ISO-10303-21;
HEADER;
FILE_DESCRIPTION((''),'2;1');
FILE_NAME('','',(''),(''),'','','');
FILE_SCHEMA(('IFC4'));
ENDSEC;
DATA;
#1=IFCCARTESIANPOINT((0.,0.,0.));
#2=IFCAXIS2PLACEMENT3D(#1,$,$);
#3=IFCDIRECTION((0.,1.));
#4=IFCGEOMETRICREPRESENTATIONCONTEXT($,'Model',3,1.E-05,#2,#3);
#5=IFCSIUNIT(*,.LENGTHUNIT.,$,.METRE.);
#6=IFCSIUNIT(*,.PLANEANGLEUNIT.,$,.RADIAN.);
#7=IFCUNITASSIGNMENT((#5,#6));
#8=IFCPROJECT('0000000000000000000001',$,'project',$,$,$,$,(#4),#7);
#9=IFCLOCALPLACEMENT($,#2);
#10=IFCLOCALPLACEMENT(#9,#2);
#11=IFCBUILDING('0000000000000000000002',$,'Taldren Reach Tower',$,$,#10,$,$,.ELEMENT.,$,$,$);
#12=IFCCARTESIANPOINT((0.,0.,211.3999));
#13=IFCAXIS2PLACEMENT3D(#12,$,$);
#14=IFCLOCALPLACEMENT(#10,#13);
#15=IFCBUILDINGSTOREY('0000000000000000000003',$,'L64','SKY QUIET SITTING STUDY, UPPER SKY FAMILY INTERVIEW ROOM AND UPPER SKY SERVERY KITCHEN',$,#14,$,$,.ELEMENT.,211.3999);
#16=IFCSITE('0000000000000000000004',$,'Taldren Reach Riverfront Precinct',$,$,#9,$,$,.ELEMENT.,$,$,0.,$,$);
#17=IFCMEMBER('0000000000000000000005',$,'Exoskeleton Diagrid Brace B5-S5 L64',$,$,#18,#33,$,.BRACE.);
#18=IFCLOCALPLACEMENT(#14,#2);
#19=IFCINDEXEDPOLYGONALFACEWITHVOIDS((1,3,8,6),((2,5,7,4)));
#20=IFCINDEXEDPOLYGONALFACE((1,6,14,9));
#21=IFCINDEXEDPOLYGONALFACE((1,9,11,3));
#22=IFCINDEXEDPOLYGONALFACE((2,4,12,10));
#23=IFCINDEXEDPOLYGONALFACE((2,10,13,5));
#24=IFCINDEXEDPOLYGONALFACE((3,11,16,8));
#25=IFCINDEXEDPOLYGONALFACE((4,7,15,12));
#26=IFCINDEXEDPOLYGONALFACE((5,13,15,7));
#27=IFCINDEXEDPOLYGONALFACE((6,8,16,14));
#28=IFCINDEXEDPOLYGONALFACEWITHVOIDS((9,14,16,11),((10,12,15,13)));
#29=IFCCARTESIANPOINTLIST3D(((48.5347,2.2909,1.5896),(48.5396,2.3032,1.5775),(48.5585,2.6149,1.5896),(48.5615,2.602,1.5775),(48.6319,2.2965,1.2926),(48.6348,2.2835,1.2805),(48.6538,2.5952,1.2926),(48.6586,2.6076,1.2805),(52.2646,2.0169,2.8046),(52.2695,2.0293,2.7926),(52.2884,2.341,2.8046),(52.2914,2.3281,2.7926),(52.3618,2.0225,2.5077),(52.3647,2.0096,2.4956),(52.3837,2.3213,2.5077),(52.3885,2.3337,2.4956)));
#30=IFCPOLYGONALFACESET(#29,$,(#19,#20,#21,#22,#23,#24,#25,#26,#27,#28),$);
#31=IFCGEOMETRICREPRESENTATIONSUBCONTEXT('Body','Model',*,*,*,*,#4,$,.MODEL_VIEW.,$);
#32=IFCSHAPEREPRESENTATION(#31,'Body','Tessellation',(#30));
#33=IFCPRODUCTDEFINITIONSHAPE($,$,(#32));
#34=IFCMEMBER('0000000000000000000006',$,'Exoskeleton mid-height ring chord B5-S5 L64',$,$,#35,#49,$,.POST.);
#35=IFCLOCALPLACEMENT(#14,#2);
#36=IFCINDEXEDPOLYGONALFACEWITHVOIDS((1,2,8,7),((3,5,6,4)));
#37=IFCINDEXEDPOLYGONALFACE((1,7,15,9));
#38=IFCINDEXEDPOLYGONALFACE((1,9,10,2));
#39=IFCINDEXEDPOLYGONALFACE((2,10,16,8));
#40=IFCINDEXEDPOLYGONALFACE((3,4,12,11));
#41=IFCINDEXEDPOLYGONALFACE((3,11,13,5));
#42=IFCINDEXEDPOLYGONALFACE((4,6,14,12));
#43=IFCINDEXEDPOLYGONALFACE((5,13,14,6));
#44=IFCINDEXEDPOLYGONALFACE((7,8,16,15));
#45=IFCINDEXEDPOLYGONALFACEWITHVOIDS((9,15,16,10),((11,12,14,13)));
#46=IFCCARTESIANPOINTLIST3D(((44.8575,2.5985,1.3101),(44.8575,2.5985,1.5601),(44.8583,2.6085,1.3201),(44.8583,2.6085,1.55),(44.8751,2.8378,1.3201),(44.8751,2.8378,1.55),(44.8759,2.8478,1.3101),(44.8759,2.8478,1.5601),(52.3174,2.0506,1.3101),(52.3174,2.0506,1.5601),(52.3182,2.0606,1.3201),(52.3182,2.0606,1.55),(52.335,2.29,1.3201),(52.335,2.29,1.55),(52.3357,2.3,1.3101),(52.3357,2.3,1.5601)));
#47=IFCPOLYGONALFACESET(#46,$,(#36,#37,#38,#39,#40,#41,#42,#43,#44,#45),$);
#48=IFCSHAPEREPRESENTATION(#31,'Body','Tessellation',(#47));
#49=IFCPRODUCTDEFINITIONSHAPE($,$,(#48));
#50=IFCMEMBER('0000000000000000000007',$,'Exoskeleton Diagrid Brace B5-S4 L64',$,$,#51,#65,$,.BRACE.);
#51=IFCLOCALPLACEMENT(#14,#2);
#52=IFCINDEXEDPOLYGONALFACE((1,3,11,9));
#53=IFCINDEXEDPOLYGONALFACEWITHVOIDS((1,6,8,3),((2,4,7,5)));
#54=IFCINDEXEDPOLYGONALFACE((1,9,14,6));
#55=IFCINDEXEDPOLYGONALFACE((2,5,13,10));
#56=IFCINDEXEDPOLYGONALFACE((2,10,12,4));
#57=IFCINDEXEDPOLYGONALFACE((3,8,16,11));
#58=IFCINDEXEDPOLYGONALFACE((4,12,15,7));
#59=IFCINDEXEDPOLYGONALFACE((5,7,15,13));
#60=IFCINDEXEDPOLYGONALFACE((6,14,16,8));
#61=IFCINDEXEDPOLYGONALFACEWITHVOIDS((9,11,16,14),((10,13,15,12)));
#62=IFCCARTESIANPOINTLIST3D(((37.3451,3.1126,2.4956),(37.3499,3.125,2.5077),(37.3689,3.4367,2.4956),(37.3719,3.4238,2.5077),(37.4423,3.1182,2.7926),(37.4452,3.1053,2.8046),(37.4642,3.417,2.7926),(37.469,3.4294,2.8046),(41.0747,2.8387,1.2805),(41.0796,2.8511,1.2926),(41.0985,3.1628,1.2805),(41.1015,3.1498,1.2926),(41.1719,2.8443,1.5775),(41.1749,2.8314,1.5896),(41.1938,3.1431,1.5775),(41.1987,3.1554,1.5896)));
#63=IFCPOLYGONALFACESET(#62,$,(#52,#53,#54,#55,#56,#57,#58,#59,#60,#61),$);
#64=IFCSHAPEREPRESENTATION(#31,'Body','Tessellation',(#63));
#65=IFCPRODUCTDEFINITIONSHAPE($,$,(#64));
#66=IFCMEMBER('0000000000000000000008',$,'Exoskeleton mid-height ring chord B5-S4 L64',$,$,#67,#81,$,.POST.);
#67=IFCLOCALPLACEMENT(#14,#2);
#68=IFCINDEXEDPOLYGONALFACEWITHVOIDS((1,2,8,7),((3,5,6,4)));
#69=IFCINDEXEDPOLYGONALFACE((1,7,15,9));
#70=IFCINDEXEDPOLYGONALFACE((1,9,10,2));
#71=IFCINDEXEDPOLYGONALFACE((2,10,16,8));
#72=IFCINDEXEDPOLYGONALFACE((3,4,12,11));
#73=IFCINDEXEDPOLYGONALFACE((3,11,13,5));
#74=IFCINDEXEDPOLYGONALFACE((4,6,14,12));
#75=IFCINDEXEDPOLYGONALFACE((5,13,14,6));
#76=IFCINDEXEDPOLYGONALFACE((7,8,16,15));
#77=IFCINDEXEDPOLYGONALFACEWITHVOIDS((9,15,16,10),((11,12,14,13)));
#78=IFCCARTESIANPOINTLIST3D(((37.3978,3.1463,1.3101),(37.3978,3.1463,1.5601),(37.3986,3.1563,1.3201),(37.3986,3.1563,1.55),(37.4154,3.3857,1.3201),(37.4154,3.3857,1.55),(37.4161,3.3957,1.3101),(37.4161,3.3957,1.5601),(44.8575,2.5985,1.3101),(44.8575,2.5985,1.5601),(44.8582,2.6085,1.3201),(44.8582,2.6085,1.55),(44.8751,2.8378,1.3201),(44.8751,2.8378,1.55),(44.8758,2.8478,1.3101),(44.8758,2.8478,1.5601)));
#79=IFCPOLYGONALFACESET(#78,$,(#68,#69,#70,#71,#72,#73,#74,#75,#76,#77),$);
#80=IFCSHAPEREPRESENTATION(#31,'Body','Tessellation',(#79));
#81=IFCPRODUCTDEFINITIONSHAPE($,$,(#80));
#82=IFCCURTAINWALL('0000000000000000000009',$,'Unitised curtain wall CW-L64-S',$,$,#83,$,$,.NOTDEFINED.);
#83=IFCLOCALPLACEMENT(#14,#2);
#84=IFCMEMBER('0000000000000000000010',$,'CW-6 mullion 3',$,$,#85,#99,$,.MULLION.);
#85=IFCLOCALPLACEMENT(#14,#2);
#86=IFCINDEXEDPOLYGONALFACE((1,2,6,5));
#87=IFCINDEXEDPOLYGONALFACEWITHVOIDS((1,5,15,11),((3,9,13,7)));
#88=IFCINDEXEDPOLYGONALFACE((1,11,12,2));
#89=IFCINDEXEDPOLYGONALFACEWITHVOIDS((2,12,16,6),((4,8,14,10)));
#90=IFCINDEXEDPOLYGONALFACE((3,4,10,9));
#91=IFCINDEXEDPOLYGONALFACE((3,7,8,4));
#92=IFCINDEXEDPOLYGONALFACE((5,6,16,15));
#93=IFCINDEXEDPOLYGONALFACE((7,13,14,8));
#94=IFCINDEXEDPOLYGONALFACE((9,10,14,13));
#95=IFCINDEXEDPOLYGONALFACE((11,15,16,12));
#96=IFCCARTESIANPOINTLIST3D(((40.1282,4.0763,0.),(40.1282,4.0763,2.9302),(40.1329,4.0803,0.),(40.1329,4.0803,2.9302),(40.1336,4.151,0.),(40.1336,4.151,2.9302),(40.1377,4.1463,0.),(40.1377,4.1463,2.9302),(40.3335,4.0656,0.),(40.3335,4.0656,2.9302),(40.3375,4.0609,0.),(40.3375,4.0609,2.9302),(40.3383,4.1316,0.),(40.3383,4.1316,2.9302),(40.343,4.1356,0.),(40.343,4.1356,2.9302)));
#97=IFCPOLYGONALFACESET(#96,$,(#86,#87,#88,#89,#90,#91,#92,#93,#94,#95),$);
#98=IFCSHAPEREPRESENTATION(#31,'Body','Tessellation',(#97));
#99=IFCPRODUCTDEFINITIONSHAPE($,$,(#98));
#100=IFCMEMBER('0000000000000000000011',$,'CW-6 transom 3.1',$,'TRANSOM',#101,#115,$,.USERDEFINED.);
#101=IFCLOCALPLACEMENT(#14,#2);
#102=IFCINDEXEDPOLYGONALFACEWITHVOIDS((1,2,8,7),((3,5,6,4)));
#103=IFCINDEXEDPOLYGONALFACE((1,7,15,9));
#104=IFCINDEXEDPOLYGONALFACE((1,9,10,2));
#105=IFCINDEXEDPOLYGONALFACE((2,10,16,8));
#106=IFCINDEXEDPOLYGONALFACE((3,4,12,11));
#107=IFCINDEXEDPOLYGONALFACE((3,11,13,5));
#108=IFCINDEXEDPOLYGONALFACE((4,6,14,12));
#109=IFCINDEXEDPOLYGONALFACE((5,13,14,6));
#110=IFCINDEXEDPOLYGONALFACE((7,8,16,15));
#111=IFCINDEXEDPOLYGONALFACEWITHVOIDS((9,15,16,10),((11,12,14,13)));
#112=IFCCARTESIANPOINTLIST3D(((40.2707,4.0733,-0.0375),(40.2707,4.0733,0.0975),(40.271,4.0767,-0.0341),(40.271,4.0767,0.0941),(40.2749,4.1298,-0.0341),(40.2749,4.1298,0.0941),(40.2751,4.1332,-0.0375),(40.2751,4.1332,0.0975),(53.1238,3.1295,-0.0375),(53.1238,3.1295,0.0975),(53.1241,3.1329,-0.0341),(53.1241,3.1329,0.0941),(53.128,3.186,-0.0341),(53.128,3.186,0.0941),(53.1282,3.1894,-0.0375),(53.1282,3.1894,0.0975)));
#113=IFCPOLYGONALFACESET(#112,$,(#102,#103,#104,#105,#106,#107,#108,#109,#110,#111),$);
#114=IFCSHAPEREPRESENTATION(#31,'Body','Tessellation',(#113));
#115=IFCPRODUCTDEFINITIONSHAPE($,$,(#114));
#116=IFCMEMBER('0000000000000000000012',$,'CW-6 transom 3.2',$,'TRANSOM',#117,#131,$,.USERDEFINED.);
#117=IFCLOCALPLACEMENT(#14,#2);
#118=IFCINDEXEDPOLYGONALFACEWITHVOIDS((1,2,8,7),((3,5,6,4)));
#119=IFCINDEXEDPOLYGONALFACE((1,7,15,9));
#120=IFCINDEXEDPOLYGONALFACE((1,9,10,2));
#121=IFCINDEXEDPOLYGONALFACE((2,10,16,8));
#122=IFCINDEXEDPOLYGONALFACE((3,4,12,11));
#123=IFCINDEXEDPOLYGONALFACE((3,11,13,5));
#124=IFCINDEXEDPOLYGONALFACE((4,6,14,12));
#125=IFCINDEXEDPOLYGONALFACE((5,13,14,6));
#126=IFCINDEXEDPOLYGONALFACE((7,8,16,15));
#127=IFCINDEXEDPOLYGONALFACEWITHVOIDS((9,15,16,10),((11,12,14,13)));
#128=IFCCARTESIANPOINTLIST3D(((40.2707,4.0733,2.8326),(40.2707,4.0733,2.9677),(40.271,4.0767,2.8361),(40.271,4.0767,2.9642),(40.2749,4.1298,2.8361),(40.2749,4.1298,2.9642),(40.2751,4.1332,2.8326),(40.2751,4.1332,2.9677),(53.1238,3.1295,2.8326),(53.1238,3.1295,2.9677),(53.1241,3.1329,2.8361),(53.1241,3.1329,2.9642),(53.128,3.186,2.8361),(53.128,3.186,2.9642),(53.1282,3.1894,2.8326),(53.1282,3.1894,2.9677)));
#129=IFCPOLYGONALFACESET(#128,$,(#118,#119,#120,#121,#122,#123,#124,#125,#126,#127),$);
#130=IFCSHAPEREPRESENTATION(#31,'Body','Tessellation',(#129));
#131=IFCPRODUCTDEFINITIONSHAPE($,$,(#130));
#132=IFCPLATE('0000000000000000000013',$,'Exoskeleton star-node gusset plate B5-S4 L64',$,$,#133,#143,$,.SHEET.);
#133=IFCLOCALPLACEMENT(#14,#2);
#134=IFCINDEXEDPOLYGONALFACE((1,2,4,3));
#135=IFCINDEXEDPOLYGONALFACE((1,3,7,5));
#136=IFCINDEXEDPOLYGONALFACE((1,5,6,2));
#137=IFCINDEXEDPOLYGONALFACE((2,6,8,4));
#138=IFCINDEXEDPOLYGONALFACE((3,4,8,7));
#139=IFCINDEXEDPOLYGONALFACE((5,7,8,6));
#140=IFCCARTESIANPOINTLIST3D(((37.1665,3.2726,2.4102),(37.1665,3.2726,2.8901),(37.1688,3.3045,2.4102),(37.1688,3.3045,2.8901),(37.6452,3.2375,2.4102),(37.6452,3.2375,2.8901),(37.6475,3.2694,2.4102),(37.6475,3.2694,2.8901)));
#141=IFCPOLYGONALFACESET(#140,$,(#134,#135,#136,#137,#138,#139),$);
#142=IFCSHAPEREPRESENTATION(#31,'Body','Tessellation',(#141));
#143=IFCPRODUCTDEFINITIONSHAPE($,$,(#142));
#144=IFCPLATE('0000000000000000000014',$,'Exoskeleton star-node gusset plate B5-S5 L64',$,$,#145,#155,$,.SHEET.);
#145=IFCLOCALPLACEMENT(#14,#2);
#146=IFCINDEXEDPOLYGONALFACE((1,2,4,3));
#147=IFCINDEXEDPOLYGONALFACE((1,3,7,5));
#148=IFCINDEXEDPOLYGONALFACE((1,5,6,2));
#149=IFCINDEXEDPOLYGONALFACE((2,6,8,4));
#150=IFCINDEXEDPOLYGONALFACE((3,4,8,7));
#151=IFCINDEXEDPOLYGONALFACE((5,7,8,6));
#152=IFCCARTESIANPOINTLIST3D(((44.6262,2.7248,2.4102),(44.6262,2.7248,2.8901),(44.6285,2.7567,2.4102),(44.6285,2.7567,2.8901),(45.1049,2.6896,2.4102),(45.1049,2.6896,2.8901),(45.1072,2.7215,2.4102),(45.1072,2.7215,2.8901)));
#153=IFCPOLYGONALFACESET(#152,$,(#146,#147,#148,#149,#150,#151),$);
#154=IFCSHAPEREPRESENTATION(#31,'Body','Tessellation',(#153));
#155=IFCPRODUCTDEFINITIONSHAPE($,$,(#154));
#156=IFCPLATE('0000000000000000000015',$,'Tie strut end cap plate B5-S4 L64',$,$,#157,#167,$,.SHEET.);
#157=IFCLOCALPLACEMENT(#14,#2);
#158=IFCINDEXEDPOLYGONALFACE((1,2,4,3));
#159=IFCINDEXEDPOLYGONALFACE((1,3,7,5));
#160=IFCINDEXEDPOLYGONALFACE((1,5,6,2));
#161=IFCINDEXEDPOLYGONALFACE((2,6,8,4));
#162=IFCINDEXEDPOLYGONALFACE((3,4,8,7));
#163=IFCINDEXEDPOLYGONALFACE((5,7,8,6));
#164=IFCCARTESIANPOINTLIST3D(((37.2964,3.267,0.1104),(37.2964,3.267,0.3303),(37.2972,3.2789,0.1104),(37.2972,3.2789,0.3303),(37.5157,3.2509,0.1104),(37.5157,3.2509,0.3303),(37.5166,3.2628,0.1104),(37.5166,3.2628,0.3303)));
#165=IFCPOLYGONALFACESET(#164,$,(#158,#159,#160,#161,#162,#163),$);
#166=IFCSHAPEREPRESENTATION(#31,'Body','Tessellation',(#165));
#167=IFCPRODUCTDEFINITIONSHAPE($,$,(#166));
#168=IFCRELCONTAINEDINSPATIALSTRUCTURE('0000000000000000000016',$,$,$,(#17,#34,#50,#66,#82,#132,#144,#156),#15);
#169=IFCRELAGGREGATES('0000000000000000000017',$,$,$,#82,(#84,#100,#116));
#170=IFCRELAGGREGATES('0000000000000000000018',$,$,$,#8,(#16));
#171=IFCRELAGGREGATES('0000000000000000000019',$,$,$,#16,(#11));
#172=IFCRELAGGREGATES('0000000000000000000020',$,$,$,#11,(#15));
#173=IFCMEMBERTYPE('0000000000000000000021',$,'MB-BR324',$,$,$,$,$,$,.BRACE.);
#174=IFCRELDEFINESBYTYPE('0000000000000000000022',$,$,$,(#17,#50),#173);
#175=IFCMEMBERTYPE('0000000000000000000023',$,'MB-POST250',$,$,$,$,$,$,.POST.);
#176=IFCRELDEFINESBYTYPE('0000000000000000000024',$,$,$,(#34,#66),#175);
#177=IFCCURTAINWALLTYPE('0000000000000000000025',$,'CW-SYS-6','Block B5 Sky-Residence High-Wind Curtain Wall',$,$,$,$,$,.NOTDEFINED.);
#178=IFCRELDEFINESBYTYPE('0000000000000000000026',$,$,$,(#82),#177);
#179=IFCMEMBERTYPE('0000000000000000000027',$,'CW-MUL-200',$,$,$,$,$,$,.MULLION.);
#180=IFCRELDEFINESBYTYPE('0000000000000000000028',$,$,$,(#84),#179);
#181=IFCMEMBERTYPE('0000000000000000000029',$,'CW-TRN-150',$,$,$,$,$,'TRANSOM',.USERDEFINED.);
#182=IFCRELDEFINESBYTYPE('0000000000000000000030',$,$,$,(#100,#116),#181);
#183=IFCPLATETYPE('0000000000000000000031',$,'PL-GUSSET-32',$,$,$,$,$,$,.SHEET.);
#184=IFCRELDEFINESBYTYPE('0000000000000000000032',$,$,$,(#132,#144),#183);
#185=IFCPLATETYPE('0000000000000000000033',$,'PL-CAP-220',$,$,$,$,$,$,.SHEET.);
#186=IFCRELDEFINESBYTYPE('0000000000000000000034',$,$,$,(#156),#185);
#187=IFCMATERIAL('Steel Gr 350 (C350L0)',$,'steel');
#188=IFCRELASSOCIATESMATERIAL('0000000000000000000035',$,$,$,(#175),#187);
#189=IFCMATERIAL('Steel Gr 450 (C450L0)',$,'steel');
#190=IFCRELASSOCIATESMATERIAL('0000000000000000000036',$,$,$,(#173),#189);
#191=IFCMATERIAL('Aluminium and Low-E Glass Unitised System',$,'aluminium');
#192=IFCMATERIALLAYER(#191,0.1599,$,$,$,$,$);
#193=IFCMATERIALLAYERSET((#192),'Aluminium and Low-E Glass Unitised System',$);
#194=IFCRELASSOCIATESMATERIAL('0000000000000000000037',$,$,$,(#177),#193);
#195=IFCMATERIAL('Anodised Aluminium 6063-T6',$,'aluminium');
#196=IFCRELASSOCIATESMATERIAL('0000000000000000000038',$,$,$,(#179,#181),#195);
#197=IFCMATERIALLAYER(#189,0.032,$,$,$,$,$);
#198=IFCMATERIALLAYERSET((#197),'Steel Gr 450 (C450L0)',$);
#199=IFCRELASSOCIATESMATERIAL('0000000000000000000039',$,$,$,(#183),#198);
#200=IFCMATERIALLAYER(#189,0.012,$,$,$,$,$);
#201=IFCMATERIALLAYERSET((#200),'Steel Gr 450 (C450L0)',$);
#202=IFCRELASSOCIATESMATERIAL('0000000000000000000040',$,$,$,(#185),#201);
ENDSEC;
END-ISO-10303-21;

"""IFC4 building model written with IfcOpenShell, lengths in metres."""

from ifc_helpers import new_model, si_unit, direction, frame, origin, origin_2d, place, context, subcontext, project, spatial, rectangle, hollow_rectangle, extrude, source, transform, mapped, material, layer, layer_set, material_profile, profile_set, type_object, element, aggregate, save


model = new_model("IFC4")

# Units and contexts
model_context = context("Model", 3, precision=1e-05, world=origin(), true_north=direction((0.0, 1.0)))
body_context = subcontext(model_context, "Body", "Model", "MODEL_VIEW")
ifc_project = project(units=[si_unit("LENGTHUNIT", "METRE"), si_unit("PLANEANGLEUNIT", "RADIAN")], contexts=[model_context])

# Site, building, storey
site_placement = place(None, origin())
site = spatial("IfcSite", under=ifc_project, at=site_placement, Name="Taldren Reach Riverfront Precinct", CompositionType="ELEMENT", RefElevation=0.0)
building_placement = place(site_placement, origin())
building = spatial("IfcBuilding", under=site, at=building_placement, Name="Taldren Reach Tower", CompositionType="ELEMENT")
storey_placement = place(building_placement, frame((0.0, 0.0, 211.3999)))
storey = spatial("IfcBuildingStorey", under=building, at=storey_placement, Name="L64", Description="SKY QUIET SITTING STUDY, UPPER SKY FAMILY INTERVIEW ROOM AND UPPER SKY SERVERY KITCHEN", CompositionType="ELEMENT", Elevation=211.3999)

# Shared definitions
ifc_material_1 = material(Name="Steel Gr 350 (C350L0)", Category="steel")
ifc_material_profile_1 = material_profile(ifc_material_1, hollow_rectangle(XDim=0.25, YDim=0.25, WallThickness=0.01, at=origin_2d()), Name="250x250x10.0SHS")
ifc_profile_set_1 = profile_set([ifc_material_profile_1], Name="Steel Gr 350 (C350L0)")
member_type_1 = type_object("IfcMemberType", Name="MB-POST250", PredefinedType="POST", material=ifc_profile_set_1)
ifc_material_2 = material(Name="Steel Gr 450 (C450L0)", Category="steel")

# Members
ifc_material_profile_2 = material_profile(ifc_material_2, hollow_rectangle(XDim=0.325, YDim=0.325, WallThickness=0.0127, at=origin_2d()), Name="325x325x12.7SHS")
ifc_profile_set_2 = profile_set([ifc_material_profile_2], Name="Steel Gr 450 (C450L0)")
member_type_2 = type_object("IfcMemberType", Name="MB-BR324", PredefinedType="BRACE", material=ifc_profile_set_2)
shared_shape_1 = source(origin(), body_context, "Body", "SweptSolid", [
    extrude(hollow_rectangle(XDim=0.325, YDim=0.325, WallThickness=0.0127, at=origin_2d()), origin(), (0.0, 0.0, 1.0), 3.9324),
])
for number, where, z_axis, x_axis, name in (
    (1, (48.5967, 2.4492, 1.4351), (0.948511, -0.069658, 0.308989), (0.073242, 0.997314, 0.0), "Exoskeleton Diagrid Brace B5-S5 L64"),
):
    element("IfcMember", number, at=place(storey_placement, frame(where, z_axis=z_axis, x_axis=x_axis)), inside=storey, type_object=member_type_2, Name=name, PredefinedType="BRACE", context=body_context, shape_type="MappedRepresentation", body=[
        mapped(shared_shape_1, transform((0.0, 0.0, 0.0), scale=1.0)),
    ])
shared_shape_2 = source(origin(), body_context, "Body", "SweptSolid", [
    extrude(hollow_rectangle(XDim=0.25, YDim=0.25, WallThickness=0.01, at=origin_2d()), origin(), (0.0, 0.0, 1.0), 7.48),
])
member_1_placement = place(storey_placement, frame((44.8667, 2.7231, 1.4351), z_axis=(0.997314, -0.073242, 0.0), x_axis=(0.073242, 0.997314, 0.0)))
element("IfcMember", 2, at=member_1_placement, inside=storey, type_object=member_type_1, Name="Exoskeleton mid-height ring chord B5-S5 L64", PredefinedType="POST", context=body_context, shape_type="MappedRepresentation", body=[
    mapped(shared_shape_2, transform((0.0, 0.0, 0.0), scale=1.0)),
])
shared_shape_3 = source(origin(), body_context, "Body", "SweptSolid", [
    extrude(hollow_rectangle(XDim=0.325, YDim=0.325, WallThickness=0.0127, at=origin_2d()), origin(), (0.0, 0.0, 1.0), 3.9321),
])
member_2_placement = place(storey_placement, frame((41.1367, 2.9971, 1.4351), z_axis=(-0.948505, 0.069662, 0.309008), x_axis=(-0.073246, -0.997314, 0.0)))
element("IfcMember", 3, at=member_2_placement, inside=storey, type_object=member_type_2, Name="Exoskeleton Diagrid Brace B5-S4 L64", PredefinedType="BRACE", context=body_context, shape_type="MappedRepresentation", body=[
    mapped(shared_shape_3, transform((0.0, 0.0, 0.0), scale=1.0)),
])
shared_shape_4 = source(origin(), body_context, "Body", "SweptSolid", [
    extrude(hollow_rectangle(XDim=0.25, YDim=0.25, WallThickness=0.01, at=origin_2d()), origin(), (0.0, 0.0, 1.0), 7.4797),
])
member_3_placement = place(storey_placement, frame((37.407, 3.271, 1.4351), z_axis=(0.997314, -0.073244, 0.0), x_axis=(0.073244, 0.997314, 0.0)))
element("IfcMember", 4, at=member_3_placement, inside=storey, type_object=member_type_1, Name="Exoskeleton mid-height ring chord B5-S4 L64", PredefinedType="POST", context=body_context, shape_type="MappedRepresentation", body=[
    mapped(shared_shape_4, transform((0.0, 0.0, 0.0), scale=1.0)),
])

# Curtain wall, members
ifc_material_3 = material(Name="Aluminium and Low-E Glass Unitised System", Category="aluminium")
ifc_layer_1 = layer(ifc_material_3, 0.1599)
ifc_layer_set_1 = layer_set([ifc_layer_1], Name="Aluminium and Low-E Glass Unitised System")
curtain_wall_type = type_object("IfcCurtainWallType", Name="CW-SYS-6", Description="Block B5 Sky-Residence High-Wind Curtain Wall", PredefinedType="NOTDEFINED", material=ifc_layer_set_1)
curtain_wall_placement = place(storey_placement, origin())
curtain_wall = element("IfcCurtainWall", 5, at=curtain_wall_placement, inside=storey, type_object=curtain_wall_type, Name="Unitised curtain wall CW-L64-S", PredefinedType="NOTDEFINED")
ifc_material_4 = material(Name="Anodised Aluminium 6063-T6", Category="aluminium")
ifc_material_profile_3 = material_profile(ifc_material_4, hollow_rectangle(XDim=0.075, YDim=0.21, WallThickness=0.0044, at=origin_2d()), Name="ALU-210x75x4.5RHS")
ifc_profile_set_3 = profile_set([ifc_material_profile_3], Name="Anodised Aluminium 6063-T6")
member_type_3 = type_object("IfcMemberType", Name="CW-MUL-200", PredefinedType="MULLION", material=ifc_profile_set_3)
shared_shape_5 = source(origin(), body_context, "Body", "SweptSolid", [
    extrude(hollow_rectangle(XDim=0.075, YDim=0.21, WallThickness=0.0044, at=origin_2d()), origin(), (0.0, 0.0, 1.0), 2.9302),
])
member_4_placement = place(storey_placement, frame((40.2356, 4.106, 0.0), z_axis=(0.0, 0.0, 1.0), x_axis=(0.073238, 0.997314, 0.0)))
member_4 = element("IfcMember", 6, at=member_4_placement, type_object=member_type_3, Name="CW-6 mullion 3", PredefinedType="MULLION", context=body_context, shape_type="MappedRepresentation", body=[
    mapped(shared_shape_5, transform((0.0, 0.0, 0.0), scale=1.0)),
])
ifc_material_profile_4 = material_profile(ifc_material_4, hollow_rectangle(XDim=0.0601, YDim=0.135, WallThickness=0.0034, at=origin_2d()), Name="ALU-135x60x3.5RHS")
ifc_profile_set_4 = profile_set([ifc_material_profile_4], Name="Anodised Aluminium 6063-T6")
member_type_4 = type_object("IfcMemberType", Name="CW-TRN-150", ElementType="TRANSOM", PredefinedType="USERDEFINED", material=ifc_profile_set_4)
shared_shape_6 = source(origin(), body_context, "Body", "SweptSolid", [
    extrude(hollow_rectangle(XDim=0.0601, YDim=0.135, WallThickness=0.0034, at=origin_2d()), origin(), (0.0, 0.0, 1.0), 12.8877),
])
member_5_placement = place(storey_placement, frame((40.2729, 4.1033, 0.03), z_axis=(0.997315, -0.073237, 0.0), x_axis=(0.073237, 0.997315, 0.0)))
member_5 = element("IfcMember", 7, at=member_5_placement, type_object=member_type_4, Name="CW-6 transom 3.1", ObjectType="TRANSOM", PredefinedType="USERDEFINED", context=body_context, shape_type="MappedRepresentation", body=[
    mapped(shared_shape_6, transform((0.0, 0.0, 0.0), scale=1.0)),
])
member_6_placement = place(storey_placement, frame((40.2729, 4.1033, 2.9001), z_axis=(0.997315, -0.073237, 0.0), x_axis=(0.073237, 0.997315, 0.0)))
member_6 = element("IfcMember", 8, at=member_6_placement, type_object=member_type_4, Name="CW-6 transom 3.2", ObjectType="TRANSOM", PredefinedType="USERDEFINED", context=body_context, shape_type="MappedRepresentation", body=[
    mapped(shared_shape_6, transform((0.0, 0.0, 0.0), scale=1.0)),
])

# Plates
ifc_layer_2 = layer(ifc_material_2, 0.032)
ifc_layer_set_2 = layer_set([ifc_layer_2], Name="Steel Gr 450 (C450L0)")
plate_type_1 = type_object("IfcPlateType", Name="PL-GUSSET-32", PredefinedType="SHEET", material=ifc_layer_set_2)
shared_shape_7 = source(origin(), body_context, "Body", "SweptSolid", [
    extrude(rectangle(XDim=0.48, YDim=0.032, at=origin_2d()), origin(), (0.0, 0.0, 1.0), 0.48),
])
for number, where, z_axis, x_axis, name in (
    (9, (37.407, 3.271, 2.4102), (0.0, 0.0, 1.0), (0.997314, -0.073238, 0.0), "Exoskeleton star-node gusset plate B5-S4 L64"),
    (10, (44.8667, 2.7231, 2.4102), (0.0, 0.0, 1.0), (0.997314, -0.073238, 0.0), "Exoskeleton star-node gusset plate B5-S5 L64"),
):
    element("IfcPlate", number, at=place(storey_placement, frame(where, z_axis=z_axis, x_axis=x_axis)), inside=storey, type_object=plate_type_1, Name=name, PredefinedType="SHEET", context=body_context, shape_type="MappedRepresentation", body=[
        mapped(shared_shape_7, transform((0.0, 0.0, 0.0), scale=1.0)),
    ])
ifc_layer_3 = layer(ifc_material_2, 0.012)
ifc_layer_set_3 = layer_set([ifc_layer_3], Name="Steel Gr 450 (C450L0)")
plate_type_2 = type_object("IfcPlateType", Name="PL-CAP-220", PredefinedType="SHEET", material=ifc_layer_set_3)
shared_shape_8 = source(origin(), body_context, "Body", "SweptSolid", [
    extrude(rectangle(XDim=0.22, YDim=0.012, at=origin_2d()), origin(), (0.0, 0.0, 1.0), 0.22),
])
plate_1_placement = place(storey_placement, frame((37.4065, 3.2649, 0.1104), z_axis=(0.0, 0.0, 1.0), x_axis=(0.997314, -0.073238, 0.0)))
element("IfcPlate", 11, at=plate_1_placement, inside=storey, type_object=plate_type_2, Name="Tie strut end cap plate B5-S4 L64", PredefinedType="SHEET", context=body_context, shape_type="MappedRepresentation", body=[
    mapped(shared_shape_8, transform((0.0, 0.0, 0.0), scale=1.0)),
])

aggregate(curtain_wall, [member_4, member_5, member_6])

save(model, "model.ifc")
